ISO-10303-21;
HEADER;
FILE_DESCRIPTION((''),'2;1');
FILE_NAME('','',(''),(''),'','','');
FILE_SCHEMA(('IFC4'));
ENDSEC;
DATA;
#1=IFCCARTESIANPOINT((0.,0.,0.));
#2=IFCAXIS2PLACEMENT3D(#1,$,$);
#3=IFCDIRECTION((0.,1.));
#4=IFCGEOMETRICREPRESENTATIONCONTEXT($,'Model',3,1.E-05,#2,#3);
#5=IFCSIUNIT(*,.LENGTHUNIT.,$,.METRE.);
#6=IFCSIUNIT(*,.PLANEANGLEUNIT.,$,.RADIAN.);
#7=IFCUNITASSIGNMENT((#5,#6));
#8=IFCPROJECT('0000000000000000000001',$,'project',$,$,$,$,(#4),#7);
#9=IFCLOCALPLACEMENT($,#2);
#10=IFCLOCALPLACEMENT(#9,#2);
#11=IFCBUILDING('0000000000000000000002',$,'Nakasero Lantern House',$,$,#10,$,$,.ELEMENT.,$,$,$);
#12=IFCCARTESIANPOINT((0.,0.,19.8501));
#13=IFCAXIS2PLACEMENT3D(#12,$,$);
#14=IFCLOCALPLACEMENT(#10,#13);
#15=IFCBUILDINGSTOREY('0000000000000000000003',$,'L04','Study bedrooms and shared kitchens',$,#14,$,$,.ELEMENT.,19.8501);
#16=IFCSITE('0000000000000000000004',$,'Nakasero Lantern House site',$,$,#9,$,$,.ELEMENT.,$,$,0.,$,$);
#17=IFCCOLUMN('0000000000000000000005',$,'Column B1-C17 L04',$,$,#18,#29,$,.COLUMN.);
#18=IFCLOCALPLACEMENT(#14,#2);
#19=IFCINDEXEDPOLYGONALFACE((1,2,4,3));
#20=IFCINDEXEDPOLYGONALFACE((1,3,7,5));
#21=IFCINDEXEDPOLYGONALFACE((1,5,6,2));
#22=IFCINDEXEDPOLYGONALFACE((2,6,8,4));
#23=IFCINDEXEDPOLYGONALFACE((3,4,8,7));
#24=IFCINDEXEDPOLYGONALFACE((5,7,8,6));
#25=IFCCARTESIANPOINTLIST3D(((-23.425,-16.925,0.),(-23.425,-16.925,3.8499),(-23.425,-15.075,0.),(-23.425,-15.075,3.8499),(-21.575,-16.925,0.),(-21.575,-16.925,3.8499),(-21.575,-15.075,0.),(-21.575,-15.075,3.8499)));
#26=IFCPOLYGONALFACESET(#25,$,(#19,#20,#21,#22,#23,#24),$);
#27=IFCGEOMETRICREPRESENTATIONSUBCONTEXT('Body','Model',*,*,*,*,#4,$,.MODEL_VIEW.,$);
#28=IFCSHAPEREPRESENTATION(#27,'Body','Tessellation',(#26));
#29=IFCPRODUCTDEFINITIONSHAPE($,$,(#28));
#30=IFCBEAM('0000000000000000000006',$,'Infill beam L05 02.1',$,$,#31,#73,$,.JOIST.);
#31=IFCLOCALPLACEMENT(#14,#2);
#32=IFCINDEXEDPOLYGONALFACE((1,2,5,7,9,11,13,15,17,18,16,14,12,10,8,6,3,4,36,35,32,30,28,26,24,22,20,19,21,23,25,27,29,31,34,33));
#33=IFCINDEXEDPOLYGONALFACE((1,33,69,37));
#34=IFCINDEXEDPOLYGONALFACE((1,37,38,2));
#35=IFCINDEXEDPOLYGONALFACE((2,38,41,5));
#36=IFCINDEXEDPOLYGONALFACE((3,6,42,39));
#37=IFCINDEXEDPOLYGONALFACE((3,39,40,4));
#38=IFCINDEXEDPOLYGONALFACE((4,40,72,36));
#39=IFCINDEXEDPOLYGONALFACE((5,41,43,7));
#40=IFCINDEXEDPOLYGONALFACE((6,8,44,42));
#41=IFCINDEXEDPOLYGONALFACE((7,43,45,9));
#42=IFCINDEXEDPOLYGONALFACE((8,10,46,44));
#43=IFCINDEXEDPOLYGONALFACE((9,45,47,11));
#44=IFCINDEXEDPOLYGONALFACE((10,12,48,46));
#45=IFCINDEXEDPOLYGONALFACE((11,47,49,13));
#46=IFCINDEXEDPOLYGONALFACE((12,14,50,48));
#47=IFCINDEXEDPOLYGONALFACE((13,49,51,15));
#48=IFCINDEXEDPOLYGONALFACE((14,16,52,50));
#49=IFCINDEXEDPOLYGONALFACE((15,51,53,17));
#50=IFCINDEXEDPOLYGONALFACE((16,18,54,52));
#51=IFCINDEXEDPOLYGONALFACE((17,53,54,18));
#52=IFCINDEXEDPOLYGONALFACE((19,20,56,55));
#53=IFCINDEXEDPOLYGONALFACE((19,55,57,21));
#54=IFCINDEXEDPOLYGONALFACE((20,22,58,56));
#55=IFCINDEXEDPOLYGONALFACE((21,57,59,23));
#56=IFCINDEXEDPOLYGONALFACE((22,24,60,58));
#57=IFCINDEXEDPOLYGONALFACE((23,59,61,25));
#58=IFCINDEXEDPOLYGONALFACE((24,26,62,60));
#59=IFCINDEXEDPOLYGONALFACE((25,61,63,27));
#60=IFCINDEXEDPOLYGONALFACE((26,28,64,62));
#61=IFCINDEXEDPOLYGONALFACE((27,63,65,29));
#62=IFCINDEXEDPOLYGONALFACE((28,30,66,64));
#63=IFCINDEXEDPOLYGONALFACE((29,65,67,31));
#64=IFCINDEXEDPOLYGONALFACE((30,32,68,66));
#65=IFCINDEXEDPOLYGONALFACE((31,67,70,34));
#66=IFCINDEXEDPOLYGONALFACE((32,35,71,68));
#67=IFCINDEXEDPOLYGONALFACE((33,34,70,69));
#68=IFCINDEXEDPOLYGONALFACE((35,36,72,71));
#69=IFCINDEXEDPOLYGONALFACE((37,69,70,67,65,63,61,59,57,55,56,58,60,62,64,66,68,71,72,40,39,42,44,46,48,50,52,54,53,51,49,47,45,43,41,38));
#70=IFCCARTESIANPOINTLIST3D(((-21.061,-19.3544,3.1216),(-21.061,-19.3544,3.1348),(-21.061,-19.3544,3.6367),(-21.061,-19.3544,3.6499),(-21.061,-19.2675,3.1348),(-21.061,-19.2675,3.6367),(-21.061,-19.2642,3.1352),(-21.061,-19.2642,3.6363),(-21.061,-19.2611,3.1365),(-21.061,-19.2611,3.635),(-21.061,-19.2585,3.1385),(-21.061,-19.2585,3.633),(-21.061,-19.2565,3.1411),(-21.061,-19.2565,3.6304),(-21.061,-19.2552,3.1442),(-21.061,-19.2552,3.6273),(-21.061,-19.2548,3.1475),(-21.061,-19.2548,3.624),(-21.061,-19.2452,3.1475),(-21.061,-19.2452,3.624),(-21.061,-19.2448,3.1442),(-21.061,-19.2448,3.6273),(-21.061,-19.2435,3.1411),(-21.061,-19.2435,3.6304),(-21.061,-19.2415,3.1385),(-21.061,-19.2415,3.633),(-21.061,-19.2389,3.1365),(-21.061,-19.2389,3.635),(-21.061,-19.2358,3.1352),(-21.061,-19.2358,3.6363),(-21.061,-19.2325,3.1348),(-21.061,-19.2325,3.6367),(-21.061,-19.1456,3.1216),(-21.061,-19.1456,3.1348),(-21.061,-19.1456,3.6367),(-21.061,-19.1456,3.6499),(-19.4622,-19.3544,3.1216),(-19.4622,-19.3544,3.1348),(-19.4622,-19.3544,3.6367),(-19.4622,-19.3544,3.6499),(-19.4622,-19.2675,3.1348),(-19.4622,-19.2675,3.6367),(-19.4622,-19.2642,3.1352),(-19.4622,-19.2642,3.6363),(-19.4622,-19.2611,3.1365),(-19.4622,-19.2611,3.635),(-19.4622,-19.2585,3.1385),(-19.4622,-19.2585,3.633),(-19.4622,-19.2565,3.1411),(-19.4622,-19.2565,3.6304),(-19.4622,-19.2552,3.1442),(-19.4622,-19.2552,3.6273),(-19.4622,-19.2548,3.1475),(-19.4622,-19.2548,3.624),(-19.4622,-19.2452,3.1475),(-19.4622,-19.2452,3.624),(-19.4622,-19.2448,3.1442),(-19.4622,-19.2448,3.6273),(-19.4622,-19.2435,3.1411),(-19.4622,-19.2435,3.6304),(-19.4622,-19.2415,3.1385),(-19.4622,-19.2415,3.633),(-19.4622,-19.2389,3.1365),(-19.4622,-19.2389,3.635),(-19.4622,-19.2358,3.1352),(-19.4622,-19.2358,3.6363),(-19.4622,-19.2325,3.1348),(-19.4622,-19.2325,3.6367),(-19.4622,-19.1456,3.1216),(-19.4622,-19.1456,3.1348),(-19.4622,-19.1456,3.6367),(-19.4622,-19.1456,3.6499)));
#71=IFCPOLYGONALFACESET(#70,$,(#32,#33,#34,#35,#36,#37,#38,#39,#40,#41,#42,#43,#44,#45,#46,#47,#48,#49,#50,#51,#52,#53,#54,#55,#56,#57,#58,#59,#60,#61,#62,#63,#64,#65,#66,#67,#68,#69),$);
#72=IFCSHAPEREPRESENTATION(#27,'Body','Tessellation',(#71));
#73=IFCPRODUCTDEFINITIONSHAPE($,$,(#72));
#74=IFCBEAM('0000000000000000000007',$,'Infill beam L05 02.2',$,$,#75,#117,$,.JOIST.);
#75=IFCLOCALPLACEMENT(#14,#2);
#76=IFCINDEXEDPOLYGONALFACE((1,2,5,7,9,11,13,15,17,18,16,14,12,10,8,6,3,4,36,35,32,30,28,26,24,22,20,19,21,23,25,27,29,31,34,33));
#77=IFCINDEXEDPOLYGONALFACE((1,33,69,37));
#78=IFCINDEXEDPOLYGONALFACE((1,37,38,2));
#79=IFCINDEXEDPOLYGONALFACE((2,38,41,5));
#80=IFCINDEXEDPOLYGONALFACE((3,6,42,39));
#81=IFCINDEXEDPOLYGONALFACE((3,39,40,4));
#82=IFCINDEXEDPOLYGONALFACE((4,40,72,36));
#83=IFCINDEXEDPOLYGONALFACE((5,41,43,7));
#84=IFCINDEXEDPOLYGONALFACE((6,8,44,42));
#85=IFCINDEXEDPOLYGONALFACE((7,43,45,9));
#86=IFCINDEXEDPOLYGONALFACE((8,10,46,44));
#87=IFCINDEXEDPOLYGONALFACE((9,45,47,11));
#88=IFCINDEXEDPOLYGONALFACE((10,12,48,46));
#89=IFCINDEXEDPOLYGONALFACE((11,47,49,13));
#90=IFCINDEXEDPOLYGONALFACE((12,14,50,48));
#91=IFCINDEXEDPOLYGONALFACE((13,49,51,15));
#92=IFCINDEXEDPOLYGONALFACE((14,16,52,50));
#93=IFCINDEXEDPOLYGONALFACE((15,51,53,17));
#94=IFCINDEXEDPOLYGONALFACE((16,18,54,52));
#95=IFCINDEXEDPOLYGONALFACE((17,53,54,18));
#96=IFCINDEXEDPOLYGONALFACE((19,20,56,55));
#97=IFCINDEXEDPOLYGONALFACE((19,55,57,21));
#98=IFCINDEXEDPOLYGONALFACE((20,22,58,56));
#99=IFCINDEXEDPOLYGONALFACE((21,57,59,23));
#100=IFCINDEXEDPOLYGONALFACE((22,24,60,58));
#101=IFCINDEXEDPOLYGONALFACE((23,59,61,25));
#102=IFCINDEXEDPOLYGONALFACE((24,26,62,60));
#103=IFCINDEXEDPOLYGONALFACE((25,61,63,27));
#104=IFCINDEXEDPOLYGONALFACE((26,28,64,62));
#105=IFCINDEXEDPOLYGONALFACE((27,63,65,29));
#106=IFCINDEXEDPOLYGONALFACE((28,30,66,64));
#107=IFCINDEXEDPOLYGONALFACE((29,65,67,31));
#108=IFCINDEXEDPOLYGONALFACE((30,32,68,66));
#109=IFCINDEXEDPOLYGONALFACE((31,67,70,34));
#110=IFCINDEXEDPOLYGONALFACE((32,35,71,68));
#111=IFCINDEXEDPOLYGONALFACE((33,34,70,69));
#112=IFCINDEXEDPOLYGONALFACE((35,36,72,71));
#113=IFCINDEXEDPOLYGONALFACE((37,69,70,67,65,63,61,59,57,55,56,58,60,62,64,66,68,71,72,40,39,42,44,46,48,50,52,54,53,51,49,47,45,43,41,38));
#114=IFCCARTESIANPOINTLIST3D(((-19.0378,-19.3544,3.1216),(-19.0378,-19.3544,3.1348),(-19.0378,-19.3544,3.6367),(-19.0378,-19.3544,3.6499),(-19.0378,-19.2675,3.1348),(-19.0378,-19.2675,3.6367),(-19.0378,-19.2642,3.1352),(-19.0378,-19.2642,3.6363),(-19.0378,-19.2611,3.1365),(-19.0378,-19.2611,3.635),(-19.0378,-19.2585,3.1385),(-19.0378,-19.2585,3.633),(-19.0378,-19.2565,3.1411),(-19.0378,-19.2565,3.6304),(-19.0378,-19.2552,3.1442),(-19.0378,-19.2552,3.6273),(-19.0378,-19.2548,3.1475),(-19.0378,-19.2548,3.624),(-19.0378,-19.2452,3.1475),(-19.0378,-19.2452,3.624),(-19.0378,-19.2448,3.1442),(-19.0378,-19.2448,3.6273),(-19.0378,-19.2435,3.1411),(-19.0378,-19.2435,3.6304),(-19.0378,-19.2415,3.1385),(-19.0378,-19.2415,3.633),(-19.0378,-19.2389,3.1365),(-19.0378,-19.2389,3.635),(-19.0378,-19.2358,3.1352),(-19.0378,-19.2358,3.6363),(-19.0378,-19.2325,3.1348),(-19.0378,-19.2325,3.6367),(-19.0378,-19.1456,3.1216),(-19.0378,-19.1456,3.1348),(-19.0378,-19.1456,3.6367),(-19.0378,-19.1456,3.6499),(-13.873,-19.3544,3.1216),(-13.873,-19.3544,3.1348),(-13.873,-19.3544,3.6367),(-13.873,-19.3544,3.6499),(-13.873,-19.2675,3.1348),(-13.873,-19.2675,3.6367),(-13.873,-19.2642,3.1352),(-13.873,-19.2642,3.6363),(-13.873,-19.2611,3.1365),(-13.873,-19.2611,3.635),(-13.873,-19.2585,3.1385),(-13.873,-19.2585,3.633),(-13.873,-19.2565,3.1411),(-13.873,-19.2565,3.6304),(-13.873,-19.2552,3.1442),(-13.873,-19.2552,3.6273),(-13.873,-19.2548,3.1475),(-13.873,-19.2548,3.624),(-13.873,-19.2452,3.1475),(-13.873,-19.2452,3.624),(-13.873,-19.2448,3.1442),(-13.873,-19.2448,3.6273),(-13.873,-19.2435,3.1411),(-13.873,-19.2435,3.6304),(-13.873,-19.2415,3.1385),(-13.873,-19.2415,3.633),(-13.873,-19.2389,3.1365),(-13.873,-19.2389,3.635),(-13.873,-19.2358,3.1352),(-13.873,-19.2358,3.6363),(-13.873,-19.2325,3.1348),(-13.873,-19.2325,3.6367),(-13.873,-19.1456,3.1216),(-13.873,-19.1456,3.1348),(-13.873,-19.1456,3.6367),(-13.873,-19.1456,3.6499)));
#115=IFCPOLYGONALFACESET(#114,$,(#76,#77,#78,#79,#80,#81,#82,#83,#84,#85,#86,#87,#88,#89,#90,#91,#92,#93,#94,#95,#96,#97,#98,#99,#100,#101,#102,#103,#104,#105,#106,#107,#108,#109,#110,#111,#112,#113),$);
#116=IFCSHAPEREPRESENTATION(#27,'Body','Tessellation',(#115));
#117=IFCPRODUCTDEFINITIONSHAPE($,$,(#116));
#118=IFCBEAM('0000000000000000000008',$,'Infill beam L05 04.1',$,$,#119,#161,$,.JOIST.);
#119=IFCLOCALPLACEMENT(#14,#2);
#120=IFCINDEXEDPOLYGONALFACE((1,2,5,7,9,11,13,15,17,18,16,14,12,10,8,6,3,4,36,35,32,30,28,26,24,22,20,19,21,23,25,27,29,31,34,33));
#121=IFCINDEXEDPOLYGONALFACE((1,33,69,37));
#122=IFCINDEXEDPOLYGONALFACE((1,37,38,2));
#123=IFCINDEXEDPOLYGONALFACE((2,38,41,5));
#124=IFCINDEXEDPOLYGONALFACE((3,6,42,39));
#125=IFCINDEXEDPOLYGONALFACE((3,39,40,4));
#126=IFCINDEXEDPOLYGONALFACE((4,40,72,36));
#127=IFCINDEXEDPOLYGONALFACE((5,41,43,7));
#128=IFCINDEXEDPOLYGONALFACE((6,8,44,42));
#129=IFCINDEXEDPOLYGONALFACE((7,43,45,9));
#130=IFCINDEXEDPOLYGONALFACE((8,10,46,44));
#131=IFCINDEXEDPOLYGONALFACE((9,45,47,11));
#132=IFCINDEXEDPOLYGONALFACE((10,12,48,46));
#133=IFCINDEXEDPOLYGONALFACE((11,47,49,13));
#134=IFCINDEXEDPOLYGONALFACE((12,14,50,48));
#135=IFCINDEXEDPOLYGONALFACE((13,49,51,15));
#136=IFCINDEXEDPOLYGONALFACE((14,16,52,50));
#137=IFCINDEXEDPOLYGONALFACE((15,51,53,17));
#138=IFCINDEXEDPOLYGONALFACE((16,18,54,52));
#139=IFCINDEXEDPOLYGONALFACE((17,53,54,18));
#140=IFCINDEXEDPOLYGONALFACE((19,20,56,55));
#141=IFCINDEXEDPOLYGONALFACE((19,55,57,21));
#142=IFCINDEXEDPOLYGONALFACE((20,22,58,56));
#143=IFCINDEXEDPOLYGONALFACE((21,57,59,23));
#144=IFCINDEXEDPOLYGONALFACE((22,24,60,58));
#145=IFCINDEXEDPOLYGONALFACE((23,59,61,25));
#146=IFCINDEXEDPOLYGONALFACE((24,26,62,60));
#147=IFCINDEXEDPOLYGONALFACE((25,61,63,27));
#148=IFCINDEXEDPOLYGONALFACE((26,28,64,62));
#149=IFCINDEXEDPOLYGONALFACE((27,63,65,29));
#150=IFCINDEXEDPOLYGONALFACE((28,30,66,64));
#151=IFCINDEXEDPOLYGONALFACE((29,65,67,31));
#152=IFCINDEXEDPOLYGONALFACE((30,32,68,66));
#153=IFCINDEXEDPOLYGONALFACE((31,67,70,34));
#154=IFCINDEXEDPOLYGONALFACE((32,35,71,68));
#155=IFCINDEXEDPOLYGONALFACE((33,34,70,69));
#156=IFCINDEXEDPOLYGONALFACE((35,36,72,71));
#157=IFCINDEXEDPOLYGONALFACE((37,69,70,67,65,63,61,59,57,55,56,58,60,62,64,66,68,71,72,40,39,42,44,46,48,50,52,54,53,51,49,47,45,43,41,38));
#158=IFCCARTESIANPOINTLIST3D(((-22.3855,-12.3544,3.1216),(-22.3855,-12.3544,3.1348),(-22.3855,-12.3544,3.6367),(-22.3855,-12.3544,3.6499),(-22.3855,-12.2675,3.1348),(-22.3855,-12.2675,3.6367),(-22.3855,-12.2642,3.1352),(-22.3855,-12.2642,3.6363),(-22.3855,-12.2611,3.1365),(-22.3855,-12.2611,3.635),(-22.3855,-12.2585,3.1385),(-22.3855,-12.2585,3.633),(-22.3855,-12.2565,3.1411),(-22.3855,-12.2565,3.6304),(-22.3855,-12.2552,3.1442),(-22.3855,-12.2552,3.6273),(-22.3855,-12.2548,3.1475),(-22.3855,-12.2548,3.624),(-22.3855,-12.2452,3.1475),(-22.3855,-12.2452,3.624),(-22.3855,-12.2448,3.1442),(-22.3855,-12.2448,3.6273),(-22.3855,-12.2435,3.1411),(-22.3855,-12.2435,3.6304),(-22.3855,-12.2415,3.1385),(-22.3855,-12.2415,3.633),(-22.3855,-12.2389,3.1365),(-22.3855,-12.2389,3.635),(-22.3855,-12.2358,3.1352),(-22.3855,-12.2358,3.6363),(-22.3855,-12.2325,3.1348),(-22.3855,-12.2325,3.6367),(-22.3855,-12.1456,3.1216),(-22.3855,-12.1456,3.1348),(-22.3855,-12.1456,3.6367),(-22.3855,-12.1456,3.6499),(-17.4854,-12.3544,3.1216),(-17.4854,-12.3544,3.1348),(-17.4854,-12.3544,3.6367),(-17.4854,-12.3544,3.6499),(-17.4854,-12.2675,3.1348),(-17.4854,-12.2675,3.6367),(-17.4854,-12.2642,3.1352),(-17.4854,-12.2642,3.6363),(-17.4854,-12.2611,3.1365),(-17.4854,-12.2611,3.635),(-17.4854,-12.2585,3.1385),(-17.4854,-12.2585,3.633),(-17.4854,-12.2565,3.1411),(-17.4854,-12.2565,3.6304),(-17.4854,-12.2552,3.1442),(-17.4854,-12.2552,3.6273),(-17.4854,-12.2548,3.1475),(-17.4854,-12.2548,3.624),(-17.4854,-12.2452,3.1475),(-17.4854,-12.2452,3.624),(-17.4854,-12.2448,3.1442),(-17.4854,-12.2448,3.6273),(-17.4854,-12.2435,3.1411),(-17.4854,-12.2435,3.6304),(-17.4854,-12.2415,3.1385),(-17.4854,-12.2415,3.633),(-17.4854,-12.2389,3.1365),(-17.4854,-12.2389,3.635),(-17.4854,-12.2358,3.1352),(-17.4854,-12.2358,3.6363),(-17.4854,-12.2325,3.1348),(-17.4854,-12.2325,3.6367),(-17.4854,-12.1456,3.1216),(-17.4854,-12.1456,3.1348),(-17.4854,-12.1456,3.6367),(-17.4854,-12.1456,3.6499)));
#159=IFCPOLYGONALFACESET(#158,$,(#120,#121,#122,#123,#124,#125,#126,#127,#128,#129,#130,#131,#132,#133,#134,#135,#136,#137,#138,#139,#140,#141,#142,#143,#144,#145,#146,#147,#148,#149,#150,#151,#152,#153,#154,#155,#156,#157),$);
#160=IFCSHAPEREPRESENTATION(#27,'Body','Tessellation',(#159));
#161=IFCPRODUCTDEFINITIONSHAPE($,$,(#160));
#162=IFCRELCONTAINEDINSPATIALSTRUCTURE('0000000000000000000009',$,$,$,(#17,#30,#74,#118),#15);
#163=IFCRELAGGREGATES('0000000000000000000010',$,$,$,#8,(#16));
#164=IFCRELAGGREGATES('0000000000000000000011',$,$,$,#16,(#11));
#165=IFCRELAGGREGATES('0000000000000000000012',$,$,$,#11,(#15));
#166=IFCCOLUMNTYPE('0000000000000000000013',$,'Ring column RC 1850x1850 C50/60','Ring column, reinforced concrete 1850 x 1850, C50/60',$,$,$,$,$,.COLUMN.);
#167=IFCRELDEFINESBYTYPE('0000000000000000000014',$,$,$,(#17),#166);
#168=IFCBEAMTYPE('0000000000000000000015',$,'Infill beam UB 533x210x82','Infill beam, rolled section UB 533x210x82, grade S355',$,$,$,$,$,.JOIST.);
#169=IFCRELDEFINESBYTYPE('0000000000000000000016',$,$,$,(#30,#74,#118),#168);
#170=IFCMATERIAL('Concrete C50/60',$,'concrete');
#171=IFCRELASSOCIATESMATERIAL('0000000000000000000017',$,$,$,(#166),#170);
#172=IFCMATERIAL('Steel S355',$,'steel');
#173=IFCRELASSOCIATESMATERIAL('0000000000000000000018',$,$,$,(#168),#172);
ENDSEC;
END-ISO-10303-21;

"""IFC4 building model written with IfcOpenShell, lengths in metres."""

from ifc_helpers import new_model, si_unit, direction, frame, origin, origin_2d, place, context, subcontext, project, spatial, rectangle, i_section, extrude, material, material_profile, profile_set, type_object, element, save


model = new_model("IFC4")

# Units and contexts
model_context = context("Model", 3, precision=1e-05, world=origin(), true_north=direction((0.0, 1.0)))
body_context = subcontext(model_context, "Body", "Model", "MODEL_VIEW")
ifc_project = project(units=[si_unit("LENGTHUNIT", "METRE"), si_unit("PLANEANGLEUNIT", "RADIAN")], contexts=[model_context])

# Site, building, storey
site_placement = place(None, origin())
site = spatial("IfcSite", under=ifc_project, at=site_placement, Name="Nakasero Lantern House site", CompositionType="ELEMENT", RefElevation=0.0)
building_placement = place(site_placement, origin())
building = spatial("IfcBuilding", under=site, at=building_placement, Name="Nakasero Lantern House", CompositionType="ELEMENT")
storey_placement = place(building_placement, frame((0.0, 0.0, 19.8501)))
storey = spatial("IfcBuildingStorey", under=building, at=storey_placement, Name="L04", Description="Study bedrooms and shared kitchens", CompositionType="ELEMENT", Elevation=19.8501)

# Column
ifc_material_1 = material(Name="Concrete C50/60", Category="concrete")
ifc_material_profile_1 = material_profile(ifc_material_1, rectangle(XDim=1.8501, YDim=1.8501, at=origin_2d()), Name="RC 1850x1850")
ifc_profile_set_1 = profile_set([ifc_material_profile_1], Name="Concrete C50/60")
column_type = type_object("IfcColumnType", Name="Ring column RC 1850x1850 C50/60", Description="Ring column, reinforced concrete 1850 x 1850, C50/60", PredefinedType="COLUMN", material=ifc_profile_set_1)
column_placement = place(storey_placement, frame((-22.5, -16.0, 0.0), z_axis=(0.0, 0.0, 1.0), x_axis=(1.0, 0.0, 0.0)))
element("IfcColumn", 1, at=column_placement, inside=storey, type_object=column_type, Name="Column B1-C17 L04", PredefinedType="COLUMN", context=body_context, shape_type="SweptSolid", body=[
    extrude(rectangle(XDim=1.8501, YDim=1.8501, at=origin_2d()), origin(), (0.0, 0.0, 1.0), 3.8499),
])

# Beams
ifc_material_2 = material(Name="Steel S355", Category="steel")
ifc_material_profile_2 = material_profile(ifc_material_2, i_section(OverallWidth=0.2087, OverallDepth=0.5283, WebThickness=0.0095, FlangeThickness=0.0132, FilletRadius=0.0127, at=origin_2d()), Name="UB 533x210x82")
ifc_profile_set_2 = profile_set([ifc_material_profile_2], Name="Steel S355")
beam_type_1 = type_object("IfcBeamType", Name="Infill beam UB 533x210x82", Description="Infill beam, rolled section UB 533x210x82, grade S355", PredefinedType="JOIST", material=ifc_profile_set_2)
beam_1_placement = place(storey_placement, frame((-21.061, -19.25, 3.3857), z_axis=(1.0, 0.0, 0.0), x_axis=(0.0, 1.0, 0.0)))
element("IfcBeam", 2, at=beam_1_placement, inside=storey, type_object=beam_type_1, Name="Infill beam L05 02.1", PredefinedType="JOIST", context=body_context, shape_type="SweptSolid", body=[
    extrude(i_section(OverallWidth=0.2087, OverallDepth=0.5283, WebThickness=0.0095, FlangeThickness=0.0132, FilletRadius=0.0127, at=origin_2d()), origin(), (0.0, 0.0, 1.0), 1.5989),
])
beam_2_placement = place(storey_placement, frame((-19.0378, -19.25, 3.3857), z_axis=(1.0, 0.0, 0.0), x_axis=(0.0, 1.0, 0.0)))
element("IfcBeam", 3, at=beam_2_placement, inside=storey, type_object=beam_type_1, Name="Infill beam L05 02.2", PredefinedType="JOIST", context=body_context, shape_type="SweptSolid", body=[
    extrude(i_section(OverallWidth=0.2087, OverallDepth=0.5283, WebThickness=0.0095, FlangeThickness=0.0132, FilletRadius=0.0127, at=origin_2d()), origin(), (0.0, 0.0, 1.0), 5.1648),
])
beam_3_placement = place(storey_placement, frame((-22.3855, -12.25, 3.3857), z_axis=(1.0, 0.0, 0.0), x_axis=(0.0, 1.0, 0.0)))
element("IfcBeam", 4, at=beam_3_placement, inside=storey, type_object=beam_type_1, Name="Infill beam L05 04.1", PredefinedType="JOIST", context=body_context, shape_type="SweptSolid", body=[
    extrude(i_section(OverallWidth=0.2087, OverallDepth=0.5283, WebThickness=0.0095, FlangeThickness=0.0132, FilletRadius=0.0127, at=origin_2d()), origin(), (0.0, 0.0, 1.0), 4.9001),
])

save(model, "model.ifc")
